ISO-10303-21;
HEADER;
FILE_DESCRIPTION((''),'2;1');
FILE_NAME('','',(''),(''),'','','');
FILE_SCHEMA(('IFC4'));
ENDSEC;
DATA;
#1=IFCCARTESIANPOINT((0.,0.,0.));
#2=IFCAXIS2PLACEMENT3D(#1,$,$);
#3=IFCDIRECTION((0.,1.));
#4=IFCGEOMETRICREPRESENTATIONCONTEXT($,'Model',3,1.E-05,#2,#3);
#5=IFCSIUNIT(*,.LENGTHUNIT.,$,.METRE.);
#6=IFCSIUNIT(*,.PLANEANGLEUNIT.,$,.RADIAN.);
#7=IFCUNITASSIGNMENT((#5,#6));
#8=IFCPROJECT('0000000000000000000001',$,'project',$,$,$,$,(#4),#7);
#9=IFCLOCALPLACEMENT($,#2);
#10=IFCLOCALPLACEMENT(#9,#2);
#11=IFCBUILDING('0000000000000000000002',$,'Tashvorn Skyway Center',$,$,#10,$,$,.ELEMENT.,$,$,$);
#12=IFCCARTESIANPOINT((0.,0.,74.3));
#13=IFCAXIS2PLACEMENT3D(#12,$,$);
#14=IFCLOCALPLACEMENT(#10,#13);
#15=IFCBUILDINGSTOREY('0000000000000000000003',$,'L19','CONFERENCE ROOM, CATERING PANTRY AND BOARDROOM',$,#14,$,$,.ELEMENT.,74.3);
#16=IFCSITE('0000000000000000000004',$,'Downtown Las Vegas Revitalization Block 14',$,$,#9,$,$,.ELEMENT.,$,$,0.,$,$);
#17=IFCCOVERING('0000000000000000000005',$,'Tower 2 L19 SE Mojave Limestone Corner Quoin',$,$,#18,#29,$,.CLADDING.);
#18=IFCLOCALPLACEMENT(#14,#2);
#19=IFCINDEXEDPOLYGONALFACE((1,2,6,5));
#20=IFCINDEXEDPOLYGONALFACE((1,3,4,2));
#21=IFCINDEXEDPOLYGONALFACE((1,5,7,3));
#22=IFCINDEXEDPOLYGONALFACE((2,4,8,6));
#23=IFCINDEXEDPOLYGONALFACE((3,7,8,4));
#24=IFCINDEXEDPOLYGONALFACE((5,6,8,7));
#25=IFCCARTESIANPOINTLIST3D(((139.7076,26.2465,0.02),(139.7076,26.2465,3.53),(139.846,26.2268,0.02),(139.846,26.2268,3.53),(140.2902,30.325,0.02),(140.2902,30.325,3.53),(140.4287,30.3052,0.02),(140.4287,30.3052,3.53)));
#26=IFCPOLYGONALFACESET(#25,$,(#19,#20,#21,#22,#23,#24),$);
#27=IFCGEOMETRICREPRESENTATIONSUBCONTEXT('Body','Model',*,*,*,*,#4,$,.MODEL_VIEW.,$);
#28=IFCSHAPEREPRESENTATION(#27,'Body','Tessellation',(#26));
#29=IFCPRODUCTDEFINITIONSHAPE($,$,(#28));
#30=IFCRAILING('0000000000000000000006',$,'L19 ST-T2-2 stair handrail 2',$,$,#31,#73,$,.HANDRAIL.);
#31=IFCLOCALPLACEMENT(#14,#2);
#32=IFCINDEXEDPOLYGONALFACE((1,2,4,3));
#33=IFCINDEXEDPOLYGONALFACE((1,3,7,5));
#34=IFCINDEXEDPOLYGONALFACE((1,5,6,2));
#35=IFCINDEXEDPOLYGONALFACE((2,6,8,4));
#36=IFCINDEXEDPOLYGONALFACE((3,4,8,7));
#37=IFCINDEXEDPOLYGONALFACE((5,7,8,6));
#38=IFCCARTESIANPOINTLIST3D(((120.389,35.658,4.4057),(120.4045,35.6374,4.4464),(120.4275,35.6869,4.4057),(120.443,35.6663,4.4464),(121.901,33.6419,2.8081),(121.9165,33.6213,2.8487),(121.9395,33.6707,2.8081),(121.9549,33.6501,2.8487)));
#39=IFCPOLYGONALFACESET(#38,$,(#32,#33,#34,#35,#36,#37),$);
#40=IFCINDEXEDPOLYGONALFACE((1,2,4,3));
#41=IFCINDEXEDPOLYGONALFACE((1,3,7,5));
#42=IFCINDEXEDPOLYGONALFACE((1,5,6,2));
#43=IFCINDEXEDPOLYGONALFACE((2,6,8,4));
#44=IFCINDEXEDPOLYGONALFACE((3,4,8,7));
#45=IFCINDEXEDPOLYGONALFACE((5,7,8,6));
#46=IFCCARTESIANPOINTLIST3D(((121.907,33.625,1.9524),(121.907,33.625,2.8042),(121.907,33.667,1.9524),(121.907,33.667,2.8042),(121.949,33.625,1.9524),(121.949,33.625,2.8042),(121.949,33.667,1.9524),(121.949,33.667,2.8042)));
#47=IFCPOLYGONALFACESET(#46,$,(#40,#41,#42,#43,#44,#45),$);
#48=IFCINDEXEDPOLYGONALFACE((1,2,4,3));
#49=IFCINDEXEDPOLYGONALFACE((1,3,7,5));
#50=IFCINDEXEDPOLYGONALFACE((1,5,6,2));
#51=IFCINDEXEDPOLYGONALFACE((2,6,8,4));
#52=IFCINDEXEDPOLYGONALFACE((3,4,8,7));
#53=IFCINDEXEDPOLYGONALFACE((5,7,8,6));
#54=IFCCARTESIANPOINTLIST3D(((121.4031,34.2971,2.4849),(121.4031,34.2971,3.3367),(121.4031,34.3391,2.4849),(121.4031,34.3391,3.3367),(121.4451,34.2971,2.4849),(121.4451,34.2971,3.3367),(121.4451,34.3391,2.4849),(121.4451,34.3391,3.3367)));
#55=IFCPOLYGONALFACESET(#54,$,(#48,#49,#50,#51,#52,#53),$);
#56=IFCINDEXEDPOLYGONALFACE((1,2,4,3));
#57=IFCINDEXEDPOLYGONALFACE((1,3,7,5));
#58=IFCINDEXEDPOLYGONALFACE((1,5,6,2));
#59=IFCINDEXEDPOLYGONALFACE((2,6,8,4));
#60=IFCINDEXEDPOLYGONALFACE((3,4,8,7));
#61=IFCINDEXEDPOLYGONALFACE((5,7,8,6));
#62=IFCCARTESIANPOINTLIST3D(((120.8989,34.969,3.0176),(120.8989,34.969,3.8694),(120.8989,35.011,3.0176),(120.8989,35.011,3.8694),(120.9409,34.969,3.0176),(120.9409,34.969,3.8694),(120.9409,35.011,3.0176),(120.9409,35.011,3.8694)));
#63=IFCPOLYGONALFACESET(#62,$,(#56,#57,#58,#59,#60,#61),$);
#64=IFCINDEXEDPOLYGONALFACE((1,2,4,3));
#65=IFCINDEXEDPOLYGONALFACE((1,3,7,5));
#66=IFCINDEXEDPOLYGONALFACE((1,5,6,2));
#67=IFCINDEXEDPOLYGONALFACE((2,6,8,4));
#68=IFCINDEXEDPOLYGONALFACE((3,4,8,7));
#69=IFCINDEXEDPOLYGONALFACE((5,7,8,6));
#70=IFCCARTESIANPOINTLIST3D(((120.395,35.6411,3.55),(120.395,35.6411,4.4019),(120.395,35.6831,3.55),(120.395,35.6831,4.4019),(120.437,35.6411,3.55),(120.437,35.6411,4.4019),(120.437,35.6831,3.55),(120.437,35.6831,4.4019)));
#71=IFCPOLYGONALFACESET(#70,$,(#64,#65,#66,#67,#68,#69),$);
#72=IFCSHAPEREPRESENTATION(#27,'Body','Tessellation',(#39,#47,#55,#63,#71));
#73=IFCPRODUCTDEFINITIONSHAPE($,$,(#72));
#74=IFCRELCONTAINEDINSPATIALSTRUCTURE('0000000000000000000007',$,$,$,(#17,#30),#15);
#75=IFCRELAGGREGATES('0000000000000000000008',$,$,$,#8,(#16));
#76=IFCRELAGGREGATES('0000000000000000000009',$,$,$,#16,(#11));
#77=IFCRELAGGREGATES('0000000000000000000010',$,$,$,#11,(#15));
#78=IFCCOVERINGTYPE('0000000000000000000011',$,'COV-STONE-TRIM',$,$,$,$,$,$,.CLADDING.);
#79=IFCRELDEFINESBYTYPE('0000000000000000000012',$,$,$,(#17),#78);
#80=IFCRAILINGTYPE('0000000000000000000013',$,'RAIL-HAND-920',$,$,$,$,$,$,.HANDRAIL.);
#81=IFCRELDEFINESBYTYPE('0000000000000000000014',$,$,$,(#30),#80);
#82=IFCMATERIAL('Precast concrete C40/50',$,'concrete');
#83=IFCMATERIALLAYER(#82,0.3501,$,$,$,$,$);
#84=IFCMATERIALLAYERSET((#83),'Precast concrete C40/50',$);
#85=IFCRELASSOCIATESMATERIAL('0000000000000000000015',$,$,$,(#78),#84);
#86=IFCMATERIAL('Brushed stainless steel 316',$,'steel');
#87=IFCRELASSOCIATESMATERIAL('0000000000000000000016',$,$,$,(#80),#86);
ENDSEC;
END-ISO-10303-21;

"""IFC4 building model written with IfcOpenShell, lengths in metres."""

from ifc_helpers import new_model, si_unit, direction, frame, origin, origin_2d, place, context, subcontext, project, spatial, rectangle, extrude, material, layer, layer_set, type_object, element, save


model = new_model("IFC4")

# Units and contexts
model_context = context("Model", 3, precision=1e-05, world=origin(), true_north=direction((0.0, 1.0)))
body_context = subcontext(model_context, "Body", "Model", "MODEL_VIEW")
ifc_project = project(units=[si_unit("LENGTHUNIT", "METRE"), si_unit("PLANEANGLEUNIT", "RADIAN")], contexts=[model_context])

# Site, building, storey
site_placement = place(None, origin())
site = spatial("IfcSite", under=ifc_project, at=site_placement, Name="Downtown Las Vegas Revitalization Block 14", CompositionType="ELEMENT", RefElevation=0.0)
building_placement = place(site_placement, origin())
building = spatial("IfcBuilding", under=site, at=building_placement, Name="Tashvorn Skyway Center", CompositionType="ELEMENT")
storey_placement = place(building_placement, frame((0.0, 0.0, 74.3)))
storey = spatial("IfcBuildingStorey", under=building, at=storey_placement, Name="L19", Description="CONFERENCE ROOM, CATERING PANTRY AND BOARDROOM", CompositionType="ELEMENT", Elevation=74.3)

# Shared definitions
ifc_material_1 = material(Name="Precast concrete C40/50", Category="concrete")

# Covering
ifc_layer_1 = layer(ifc_material_1, 0.3501)
ifc_layer_set_1 = layer_set([ifc_layer_1], Name="Precast concrete C40/50")
covering_type_1 = type_object("IfcCoveringType", Name="COV-STONE-TRIM", PredefinedType="CLADDING", material=ifc_layer_set_1)
covering_placement = place(storey_placement, frame((140.0681, 28.2759, 0.02), z_axis=(0.0, 0.0, 1.0), x_axis=(0.141421, 0.989949, 0.0)))
element("IfcCovering", 1, at=covering_placement, inside=storey, type_object=covering_type_1, Name="Tower 2 L19 SE Mojave Limestone Corner Quoin", PredefinedType="CLADDING", context=body_context, shape_type="SweptSolid", body=[
    extrude(rectangle(XDim=4.1199, YDim=0.1399, at=origin_2d()), origin(), (0.0, 0.0, 1.0), 3.51),
])

# Railing
ifc_material_2 = material(Name="Brushed stainless steel 316", Category="steel")
railing_type = type_object("IfcRailingType", Name="RAIL-HAND-920", PredefinedType="HANDRAIL", material=ifc_material_2)
railing_placement = place(storey_placement, frame((121.928, 33.646, 1.9524)))
element("IfcRailing", 2, at=railing_placement, inside=storey, type_object=railing_type, Name="L19 ST-T2-2 stair handrail 2", PredefinedType="HANDRAIL", context=body_context, shape_type="SweptSolid", body=[
    extrude(rectangle(XDim=0.0481, YDim=0.0481, at=origin_2d()), frame((0.0, 0.0, 0.876), z_axis=(-0.506719, 0.675679, 0.535438), x_axis=(-0.800023, -0.599969, 0.0)), (0.0, 0.0, 1.0), 2.9839),
    extrude(rectangle(XDim=0.042, YDim=0.042, at=origin_2d()), origin(), (0.0, 0.0, 1.0), 0.8518),
    extrude(rectangle(XDim=0.042, YDim=0.042, at=origin_2d()), frame((-0.5039, 0.6721, 0.5325)), (0.0, 0.0, 1.0), 0.8518),
    extrude(rectangle(XDim=0.042, YDim=0.042, at=origin_2d()), frame((-1.0081, 1.344, 1.0652)), (0.0, 0.0, 1.0), 0.8518),
    extrude(rectangle(XDim=0.042, YDim=0.042, at=origin_2d()), frame((-1.512, 2.0161, 1.5977)), (0.0, 0.0, 1.0), 0.8518),
])

save(model, "model.ifc")
